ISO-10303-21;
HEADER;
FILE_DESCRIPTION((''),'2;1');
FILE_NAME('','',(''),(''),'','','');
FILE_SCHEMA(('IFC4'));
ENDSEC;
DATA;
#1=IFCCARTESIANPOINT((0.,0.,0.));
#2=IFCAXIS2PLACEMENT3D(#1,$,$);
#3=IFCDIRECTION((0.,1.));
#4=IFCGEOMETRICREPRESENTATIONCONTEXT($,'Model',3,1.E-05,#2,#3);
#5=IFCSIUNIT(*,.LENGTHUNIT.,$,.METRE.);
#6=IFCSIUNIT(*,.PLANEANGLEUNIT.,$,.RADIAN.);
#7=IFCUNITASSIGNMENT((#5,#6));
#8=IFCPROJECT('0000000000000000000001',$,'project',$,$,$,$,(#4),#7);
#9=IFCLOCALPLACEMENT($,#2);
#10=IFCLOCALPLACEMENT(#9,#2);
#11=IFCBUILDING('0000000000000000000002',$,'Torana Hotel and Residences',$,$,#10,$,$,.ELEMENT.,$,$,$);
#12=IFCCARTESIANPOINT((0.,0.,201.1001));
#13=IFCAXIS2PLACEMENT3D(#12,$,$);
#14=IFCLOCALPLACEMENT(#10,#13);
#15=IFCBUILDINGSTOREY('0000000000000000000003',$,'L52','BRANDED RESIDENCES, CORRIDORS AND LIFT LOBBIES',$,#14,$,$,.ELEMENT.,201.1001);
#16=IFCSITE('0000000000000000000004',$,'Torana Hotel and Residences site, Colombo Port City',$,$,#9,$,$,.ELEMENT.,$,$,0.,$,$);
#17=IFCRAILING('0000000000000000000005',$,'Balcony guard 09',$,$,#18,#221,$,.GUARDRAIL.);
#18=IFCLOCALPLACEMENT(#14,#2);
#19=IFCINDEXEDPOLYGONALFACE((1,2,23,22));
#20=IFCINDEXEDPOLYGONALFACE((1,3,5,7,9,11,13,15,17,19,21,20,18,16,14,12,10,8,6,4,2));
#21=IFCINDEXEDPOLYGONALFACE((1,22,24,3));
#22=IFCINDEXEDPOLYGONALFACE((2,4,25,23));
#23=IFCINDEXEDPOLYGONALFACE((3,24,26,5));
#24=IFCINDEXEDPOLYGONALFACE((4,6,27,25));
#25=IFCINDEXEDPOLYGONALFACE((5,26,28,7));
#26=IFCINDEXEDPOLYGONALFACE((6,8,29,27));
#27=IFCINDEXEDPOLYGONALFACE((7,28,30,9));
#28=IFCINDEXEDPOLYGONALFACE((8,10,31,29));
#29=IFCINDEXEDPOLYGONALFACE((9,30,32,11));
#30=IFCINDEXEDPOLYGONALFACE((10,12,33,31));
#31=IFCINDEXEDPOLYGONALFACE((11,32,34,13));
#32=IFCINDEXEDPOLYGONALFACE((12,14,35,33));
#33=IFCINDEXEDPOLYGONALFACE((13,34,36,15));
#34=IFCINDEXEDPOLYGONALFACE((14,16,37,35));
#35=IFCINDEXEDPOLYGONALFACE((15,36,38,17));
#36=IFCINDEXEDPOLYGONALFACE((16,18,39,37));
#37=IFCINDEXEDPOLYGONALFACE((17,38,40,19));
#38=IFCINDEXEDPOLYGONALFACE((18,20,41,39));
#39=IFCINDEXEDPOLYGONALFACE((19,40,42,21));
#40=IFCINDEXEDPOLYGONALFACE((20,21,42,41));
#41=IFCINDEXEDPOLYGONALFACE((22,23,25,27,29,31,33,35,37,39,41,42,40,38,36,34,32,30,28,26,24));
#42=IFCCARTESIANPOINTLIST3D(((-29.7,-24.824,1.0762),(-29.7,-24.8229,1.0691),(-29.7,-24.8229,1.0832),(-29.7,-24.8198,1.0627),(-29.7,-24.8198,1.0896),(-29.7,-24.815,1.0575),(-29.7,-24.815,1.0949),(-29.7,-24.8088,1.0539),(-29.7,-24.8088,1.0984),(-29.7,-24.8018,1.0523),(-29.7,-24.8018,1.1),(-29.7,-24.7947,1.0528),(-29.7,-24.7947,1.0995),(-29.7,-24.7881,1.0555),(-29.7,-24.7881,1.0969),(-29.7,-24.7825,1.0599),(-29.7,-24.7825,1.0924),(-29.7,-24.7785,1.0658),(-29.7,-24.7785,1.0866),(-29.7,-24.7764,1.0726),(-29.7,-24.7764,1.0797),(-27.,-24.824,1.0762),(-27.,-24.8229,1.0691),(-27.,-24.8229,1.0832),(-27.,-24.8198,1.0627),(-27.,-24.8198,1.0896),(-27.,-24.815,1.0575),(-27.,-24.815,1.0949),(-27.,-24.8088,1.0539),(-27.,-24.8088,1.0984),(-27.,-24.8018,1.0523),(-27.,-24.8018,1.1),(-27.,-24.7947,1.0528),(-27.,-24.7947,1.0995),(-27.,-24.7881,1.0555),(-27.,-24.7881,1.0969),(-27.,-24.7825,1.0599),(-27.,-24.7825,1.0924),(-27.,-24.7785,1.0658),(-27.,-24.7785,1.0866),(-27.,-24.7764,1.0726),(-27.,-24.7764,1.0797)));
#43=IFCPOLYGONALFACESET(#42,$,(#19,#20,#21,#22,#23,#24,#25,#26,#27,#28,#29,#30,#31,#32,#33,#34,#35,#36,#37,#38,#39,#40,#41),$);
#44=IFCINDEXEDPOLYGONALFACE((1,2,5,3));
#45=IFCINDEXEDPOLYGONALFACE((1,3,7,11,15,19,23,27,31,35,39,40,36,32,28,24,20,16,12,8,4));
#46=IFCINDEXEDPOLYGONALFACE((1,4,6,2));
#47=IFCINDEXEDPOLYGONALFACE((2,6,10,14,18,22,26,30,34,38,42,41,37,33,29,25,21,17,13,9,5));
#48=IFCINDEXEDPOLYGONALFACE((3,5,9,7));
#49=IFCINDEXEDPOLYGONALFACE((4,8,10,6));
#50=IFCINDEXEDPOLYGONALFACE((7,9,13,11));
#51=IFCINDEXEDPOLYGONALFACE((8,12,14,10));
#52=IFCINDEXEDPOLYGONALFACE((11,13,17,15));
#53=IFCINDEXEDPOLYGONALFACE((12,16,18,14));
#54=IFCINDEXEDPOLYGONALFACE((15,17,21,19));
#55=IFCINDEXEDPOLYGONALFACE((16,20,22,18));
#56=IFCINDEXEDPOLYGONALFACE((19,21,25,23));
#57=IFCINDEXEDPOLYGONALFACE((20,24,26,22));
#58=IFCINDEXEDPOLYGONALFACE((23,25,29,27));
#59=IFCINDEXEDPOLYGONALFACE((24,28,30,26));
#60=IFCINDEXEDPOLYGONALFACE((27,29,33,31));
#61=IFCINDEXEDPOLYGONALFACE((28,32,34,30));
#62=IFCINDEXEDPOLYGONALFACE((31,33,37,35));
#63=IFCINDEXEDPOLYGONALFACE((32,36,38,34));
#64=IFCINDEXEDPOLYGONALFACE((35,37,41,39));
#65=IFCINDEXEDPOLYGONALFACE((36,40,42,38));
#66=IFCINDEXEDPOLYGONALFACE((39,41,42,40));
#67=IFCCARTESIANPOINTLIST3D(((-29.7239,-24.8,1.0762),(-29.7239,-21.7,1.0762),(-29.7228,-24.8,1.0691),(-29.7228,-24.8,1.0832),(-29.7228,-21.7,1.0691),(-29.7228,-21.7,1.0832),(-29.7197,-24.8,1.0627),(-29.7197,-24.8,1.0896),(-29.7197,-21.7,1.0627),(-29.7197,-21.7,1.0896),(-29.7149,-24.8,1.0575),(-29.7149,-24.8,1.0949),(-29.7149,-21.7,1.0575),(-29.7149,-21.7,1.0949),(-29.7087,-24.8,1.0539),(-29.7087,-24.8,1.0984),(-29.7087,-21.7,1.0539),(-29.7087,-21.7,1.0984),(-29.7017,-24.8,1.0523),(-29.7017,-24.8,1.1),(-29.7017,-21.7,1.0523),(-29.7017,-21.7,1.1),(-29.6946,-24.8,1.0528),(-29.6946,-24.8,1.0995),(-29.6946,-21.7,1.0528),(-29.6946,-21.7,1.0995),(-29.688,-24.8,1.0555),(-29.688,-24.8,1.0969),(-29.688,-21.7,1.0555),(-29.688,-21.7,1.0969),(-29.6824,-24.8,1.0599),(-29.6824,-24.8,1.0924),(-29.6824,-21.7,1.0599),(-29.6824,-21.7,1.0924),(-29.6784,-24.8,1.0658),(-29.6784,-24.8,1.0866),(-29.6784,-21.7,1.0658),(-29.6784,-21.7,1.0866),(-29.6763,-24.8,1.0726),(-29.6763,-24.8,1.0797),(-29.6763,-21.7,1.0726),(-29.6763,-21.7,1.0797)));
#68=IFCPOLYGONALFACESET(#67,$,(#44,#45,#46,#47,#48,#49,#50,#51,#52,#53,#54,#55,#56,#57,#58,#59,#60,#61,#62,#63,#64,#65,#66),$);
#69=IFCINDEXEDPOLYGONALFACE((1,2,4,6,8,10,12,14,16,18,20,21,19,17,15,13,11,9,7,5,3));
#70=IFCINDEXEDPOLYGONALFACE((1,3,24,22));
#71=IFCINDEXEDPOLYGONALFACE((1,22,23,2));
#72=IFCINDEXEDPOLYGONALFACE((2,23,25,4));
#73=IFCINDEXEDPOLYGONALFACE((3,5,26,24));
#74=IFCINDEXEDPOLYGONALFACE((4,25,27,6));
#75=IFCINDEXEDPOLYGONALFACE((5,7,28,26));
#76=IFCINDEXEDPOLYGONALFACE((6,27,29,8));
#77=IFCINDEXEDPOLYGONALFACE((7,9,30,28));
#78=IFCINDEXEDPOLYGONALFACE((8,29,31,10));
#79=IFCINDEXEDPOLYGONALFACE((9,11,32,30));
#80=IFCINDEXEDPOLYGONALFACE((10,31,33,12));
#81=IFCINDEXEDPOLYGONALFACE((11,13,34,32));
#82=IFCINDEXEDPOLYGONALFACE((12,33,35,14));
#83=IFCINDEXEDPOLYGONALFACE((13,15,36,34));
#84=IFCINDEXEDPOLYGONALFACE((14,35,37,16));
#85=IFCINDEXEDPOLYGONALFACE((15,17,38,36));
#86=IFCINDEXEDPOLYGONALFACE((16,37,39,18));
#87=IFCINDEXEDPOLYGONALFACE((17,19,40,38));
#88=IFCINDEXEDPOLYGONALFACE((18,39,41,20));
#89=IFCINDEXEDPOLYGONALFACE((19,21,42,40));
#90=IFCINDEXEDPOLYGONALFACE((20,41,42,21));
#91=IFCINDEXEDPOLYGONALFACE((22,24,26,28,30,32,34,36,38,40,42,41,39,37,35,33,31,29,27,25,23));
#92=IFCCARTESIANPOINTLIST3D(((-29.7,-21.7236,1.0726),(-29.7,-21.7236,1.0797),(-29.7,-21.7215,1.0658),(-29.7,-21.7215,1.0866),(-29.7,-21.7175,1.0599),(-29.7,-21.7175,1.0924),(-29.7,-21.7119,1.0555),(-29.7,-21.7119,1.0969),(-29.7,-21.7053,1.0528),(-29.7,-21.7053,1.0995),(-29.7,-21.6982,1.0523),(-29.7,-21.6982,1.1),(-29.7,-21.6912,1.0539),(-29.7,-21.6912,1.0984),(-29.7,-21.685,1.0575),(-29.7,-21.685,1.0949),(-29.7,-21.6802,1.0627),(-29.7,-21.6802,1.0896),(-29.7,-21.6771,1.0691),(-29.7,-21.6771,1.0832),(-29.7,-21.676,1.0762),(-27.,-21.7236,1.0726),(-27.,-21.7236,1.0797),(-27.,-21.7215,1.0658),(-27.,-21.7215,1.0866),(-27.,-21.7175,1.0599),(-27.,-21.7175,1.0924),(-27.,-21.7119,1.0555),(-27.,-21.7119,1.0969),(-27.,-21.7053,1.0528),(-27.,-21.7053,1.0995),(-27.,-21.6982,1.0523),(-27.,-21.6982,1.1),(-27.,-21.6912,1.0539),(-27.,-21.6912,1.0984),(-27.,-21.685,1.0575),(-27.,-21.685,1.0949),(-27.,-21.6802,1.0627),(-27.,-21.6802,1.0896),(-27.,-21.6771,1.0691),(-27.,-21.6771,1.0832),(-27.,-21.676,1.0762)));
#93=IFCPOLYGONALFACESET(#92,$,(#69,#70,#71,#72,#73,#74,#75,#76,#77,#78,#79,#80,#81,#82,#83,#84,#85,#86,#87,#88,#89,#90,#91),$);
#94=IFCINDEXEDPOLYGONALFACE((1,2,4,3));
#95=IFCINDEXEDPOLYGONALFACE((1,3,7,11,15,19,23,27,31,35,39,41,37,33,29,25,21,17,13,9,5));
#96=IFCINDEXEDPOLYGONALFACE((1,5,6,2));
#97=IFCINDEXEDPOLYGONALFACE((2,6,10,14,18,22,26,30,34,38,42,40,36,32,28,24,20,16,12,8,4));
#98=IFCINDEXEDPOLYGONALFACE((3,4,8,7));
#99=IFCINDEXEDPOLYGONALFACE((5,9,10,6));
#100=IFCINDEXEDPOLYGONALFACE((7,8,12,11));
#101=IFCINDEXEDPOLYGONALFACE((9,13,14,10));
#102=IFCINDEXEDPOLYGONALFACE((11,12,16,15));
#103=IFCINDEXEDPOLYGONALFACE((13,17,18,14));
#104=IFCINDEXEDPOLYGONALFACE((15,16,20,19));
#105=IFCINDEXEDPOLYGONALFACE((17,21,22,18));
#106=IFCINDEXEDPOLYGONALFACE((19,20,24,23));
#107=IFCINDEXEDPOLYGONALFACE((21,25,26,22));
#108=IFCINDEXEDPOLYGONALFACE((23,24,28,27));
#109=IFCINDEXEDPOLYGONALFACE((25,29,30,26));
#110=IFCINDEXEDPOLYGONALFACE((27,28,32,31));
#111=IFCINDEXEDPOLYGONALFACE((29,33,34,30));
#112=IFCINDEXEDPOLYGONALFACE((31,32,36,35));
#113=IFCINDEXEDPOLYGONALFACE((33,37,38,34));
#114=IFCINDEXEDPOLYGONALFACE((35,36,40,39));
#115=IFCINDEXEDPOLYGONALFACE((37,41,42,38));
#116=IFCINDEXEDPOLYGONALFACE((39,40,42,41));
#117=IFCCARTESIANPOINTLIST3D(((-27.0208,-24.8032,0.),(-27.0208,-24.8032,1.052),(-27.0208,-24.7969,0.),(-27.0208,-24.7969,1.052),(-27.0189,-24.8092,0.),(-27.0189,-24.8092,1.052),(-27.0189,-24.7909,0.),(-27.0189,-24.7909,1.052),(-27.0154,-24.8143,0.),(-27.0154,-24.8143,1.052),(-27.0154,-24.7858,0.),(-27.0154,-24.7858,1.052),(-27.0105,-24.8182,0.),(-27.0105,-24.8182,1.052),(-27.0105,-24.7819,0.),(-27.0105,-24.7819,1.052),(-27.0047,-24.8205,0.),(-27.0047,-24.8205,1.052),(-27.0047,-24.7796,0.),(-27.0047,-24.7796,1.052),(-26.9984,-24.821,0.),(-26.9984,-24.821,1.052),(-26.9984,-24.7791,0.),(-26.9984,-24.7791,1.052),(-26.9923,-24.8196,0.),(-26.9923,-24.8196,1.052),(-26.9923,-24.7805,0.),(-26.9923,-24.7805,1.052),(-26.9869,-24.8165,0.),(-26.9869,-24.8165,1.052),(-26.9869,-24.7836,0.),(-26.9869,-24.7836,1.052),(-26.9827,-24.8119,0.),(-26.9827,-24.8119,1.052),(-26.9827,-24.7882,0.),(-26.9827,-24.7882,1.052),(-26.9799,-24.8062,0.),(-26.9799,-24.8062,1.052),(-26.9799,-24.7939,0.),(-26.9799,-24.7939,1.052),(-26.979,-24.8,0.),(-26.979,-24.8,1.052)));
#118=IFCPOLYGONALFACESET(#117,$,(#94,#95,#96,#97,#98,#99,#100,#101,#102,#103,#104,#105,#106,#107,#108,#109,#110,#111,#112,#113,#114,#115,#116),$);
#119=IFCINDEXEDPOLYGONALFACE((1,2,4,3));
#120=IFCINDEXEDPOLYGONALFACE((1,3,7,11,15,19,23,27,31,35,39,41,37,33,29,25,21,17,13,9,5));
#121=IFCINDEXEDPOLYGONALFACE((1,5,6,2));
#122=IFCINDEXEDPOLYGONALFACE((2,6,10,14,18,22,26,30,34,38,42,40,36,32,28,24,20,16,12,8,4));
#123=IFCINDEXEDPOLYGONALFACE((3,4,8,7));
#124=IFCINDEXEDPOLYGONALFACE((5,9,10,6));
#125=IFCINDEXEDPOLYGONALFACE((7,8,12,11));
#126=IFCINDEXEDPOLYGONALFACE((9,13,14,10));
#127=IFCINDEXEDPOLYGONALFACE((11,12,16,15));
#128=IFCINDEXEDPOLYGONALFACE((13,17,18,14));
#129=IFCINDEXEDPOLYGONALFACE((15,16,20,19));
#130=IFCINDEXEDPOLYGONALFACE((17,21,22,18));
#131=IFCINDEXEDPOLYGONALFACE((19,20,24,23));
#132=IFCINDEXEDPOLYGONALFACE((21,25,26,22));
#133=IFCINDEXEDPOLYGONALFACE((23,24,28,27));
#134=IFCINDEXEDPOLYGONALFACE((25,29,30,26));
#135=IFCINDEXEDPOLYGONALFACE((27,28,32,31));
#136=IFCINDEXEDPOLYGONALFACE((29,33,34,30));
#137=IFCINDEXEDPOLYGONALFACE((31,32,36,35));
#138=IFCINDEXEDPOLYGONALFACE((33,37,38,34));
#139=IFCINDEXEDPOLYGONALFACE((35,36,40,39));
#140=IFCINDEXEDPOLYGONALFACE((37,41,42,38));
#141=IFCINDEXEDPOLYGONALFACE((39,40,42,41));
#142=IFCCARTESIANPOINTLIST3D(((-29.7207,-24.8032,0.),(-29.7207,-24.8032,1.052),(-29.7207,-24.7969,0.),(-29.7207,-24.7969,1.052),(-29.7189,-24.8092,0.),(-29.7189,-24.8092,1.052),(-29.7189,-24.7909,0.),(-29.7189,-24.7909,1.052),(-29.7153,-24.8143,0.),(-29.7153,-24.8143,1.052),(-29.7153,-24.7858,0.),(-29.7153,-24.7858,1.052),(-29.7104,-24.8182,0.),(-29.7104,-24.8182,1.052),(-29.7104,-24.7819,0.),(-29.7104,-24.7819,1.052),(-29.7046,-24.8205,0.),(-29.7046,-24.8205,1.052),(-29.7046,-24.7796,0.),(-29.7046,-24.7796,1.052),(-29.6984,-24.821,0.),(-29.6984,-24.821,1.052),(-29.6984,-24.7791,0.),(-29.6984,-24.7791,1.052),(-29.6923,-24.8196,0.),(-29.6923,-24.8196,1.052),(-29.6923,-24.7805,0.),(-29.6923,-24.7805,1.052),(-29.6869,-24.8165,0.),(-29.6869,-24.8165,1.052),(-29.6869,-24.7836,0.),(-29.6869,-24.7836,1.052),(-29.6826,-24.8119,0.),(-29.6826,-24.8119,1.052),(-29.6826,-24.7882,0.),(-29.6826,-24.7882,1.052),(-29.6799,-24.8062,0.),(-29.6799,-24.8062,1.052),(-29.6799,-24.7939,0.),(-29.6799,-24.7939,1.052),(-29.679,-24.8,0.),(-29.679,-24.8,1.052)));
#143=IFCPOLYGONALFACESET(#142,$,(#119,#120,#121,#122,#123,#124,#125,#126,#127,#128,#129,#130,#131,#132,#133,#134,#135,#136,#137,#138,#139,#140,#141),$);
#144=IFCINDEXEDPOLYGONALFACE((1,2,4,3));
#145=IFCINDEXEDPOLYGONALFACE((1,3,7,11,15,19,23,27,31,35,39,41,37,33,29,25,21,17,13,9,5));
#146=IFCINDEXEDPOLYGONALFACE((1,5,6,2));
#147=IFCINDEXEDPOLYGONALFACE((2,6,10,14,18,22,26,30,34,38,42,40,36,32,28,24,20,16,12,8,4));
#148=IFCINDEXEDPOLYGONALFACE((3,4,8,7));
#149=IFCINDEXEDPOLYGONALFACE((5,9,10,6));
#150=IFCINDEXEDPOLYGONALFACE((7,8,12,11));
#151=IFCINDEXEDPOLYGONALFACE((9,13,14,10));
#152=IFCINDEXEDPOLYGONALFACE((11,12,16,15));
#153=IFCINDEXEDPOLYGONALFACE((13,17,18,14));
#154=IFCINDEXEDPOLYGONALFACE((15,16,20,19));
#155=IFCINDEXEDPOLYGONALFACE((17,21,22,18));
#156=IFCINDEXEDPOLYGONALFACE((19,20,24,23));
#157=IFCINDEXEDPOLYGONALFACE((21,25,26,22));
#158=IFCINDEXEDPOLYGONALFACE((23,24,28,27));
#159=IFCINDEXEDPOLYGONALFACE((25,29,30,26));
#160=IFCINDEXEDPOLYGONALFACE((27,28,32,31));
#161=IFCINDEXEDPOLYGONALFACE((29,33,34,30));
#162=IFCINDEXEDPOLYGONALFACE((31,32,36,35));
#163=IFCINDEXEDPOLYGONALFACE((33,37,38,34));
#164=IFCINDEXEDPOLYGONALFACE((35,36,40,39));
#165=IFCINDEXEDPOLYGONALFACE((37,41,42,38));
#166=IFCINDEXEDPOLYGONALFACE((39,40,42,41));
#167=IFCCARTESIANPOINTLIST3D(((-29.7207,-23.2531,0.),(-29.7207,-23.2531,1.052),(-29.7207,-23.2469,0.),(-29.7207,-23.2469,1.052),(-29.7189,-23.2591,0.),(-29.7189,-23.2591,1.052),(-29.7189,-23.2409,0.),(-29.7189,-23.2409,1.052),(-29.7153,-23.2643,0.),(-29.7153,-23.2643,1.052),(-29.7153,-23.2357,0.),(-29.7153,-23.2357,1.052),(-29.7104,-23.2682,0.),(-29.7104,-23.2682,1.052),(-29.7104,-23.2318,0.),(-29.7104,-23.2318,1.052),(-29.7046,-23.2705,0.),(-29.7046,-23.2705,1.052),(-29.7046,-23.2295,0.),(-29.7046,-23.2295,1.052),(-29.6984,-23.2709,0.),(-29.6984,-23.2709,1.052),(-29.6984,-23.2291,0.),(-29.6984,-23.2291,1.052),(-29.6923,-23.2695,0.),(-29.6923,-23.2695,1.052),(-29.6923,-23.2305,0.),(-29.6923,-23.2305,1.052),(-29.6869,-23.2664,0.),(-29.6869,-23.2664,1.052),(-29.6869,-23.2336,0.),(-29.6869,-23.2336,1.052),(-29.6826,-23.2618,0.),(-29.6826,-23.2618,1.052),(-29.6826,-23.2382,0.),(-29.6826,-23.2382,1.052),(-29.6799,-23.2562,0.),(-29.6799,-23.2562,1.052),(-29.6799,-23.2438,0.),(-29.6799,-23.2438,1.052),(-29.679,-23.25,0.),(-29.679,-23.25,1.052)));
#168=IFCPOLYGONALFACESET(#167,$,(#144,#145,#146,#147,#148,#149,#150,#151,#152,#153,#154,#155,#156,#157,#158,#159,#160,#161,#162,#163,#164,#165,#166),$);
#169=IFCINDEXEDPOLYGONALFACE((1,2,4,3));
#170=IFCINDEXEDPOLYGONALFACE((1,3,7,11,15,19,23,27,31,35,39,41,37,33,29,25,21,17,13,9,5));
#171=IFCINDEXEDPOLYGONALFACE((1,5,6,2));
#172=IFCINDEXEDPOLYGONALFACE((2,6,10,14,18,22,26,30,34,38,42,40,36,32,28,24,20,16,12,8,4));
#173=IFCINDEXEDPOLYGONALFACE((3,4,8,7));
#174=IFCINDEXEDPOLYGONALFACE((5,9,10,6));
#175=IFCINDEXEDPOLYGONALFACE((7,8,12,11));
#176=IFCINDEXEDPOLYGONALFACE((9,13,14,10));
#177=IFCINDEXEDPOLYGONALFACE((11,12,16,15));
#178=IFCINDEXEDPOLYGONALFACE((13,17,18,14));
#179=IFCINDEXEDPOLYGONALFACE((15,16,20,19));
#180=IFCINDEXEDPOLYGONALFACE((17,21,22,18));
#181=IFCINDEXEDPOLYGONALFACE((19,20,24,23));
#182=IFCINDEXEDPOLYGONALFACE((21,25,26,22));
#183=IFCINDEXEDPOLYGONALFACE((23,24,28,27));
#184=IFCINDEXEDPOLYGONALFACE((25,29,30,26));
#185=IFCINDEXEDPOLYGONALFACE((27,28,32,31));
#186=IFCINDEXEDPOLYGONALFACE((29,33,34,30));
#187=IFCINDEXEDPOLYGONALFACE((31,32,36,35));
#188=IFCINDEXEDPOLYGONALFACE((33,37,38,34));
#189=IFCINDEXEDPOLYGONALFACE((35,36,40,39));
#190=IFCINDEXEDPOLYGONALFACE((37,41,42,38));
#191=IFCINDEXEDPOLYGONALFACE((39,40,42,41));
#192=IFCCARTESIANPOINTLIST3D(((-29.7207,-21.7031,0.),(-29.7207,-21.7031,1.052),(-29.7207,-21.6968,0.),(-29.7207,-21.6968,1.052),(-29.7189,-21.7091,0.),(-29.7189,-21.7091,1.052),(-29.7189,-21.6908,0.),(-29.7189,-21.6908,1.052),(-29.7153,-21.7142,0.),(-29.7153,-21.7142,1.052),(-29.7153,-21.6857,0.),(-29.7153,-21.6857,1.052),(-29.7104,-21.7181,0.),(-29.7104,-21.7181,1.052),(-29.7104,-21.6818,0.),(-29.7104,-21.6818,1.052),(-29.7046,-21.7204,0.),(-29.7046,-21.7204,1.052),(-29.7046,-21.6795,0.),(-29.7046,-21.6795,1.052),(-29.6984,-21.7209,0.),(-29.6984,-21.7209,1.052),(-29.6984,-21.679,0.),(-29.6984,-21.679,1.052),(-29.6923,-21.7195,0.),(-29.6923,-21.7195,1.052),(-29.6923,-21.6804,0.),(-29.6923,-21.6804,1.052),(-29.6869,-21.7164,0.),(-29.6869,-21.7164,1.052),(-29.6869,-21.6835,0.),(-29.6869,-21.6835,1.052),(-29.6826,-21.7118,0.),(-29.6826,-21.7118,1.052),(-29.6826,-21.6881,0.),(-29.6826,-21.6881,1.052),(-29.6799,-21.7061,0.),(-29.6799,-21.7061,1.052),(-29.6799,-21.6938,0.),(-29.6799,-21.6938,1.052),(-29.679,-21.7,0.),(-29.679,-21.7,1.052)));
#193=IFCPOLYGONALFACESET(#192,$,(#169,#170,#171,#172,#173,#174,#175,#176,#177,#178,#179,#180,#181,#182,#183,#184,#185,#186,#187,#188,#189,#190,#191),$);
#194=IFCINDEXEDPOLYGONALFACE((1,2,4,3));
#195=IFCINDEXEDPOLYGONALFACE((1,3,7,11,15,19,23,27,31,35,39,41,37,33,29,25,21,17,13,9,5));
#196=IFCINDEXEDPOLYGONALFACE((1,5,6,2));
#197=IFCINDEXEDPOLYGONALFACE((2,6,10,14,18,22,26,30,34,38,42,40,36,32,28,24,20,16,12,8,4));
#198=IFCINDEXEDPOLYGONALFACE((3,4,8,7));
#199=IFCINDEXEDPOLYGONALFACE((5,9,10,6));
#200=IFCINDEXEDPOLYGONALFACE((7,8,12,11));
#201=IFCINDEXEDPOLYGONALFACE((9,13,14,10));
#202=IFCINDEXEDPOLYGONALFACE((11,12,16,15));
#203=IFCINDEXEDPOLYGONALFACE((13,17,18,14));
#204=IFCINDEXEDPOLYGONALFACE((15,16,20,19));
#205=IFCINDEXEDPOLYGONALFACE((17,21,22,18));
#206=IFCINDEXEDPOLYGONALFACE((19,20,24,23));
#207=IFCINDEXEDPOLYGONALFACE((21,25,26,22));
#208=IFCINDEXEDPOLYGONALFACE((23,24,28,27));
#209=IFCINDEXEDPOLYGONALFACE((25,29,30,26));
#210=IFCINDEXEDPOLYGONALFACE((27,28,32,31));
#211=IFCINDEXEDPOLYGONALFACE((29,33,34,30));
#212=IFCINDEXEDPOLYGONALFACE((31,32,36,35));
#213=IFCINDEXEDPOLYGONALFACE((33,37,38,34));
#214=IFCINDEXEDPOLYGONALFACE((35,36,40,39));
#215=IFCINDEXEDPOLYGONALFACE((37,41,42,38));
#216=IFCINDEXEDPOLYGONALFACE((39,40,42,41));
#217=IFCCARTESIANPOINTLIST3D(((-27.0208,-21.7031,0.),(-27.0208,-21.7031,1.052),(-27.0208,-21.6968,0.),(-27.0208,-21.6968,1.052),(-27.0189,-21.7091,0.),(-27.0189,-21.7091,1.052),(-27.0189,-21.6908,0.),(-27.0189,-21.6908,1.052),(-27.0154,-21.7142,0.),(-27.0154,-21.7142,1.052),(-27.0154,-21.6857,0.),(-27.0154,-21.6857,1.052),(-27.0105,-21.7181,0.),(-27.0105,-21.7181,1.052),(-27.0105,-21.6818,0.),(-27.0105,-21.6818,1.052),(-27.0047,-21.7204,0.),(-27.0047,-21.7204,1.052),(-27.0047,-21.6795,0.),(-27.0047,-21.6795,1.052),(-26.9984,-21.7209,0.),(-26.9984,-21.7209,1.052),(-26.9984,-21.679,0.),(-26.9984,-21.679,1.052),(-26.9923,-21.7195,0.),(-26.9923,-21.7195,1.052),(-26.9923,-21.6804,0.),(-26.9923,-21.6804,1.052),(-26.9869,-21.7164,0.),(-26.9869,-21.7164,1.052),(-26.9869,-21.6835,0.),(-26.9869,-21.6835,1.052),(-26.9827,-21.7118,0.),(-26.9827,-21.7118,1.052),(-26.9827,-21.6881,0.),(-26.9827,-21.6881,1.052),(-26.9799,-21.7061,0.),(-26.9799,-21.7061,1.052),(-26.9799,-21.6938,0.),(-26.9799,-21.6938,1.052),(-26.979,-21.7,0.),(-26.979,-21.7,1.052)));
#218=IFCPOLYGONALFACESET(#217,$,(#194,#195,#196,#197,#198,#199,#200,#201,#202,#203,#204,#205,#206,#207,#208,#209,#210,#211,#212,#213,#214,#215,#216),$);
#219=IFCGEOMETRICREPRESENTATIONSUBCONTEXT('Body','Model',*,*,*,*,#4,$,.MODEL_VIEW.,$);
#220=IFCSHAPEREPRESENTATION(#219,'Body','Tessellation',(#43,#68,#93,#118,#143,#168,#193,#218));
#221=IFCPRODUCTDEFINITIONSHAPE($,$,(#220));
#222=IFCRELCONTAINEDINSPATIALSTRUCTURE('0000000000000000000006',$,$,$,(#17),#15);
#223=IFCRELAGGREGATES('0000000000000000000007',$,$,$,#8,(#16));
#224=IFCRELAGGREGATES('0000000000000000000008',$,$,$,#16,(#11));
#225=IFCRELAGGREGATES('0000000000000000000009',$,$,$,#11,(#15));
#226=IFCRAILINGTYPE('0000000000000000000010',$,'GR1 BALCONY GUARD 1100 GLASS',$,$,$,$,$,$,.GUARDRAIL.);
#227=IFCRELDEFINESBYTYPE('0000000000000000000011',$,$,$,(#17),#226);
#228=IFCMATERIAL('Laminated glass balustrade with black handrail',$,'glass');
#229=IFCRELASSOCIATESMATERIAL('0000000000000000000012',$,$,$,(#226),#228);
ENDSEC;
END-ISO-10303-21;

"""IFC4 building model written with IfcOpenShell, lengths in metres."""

from ifc_helpers import new_model, si_unit, direction, frame, origin, origin_2d, place, context, subcontext, project, spatial, circle, extrude, material, type_object, element, save


model = new_model("IFC4")

# Units and contexts
model_context = context("Model", 3, precision=1e-05, world=origin(), true_north=direction((0.0, 1.0)))
body_context = subcontext(model_context, "Body", "Model", "MODEL_VIEW")
ifc_project = project(units=[si_unit("LENGTHUNIT", "METRE"), si_unit("PLANEANGLEUNIT", "RADIAN")], contexts=[model_context])

# Site, building, storey
site_placement = place(None, origin())
site = spatial("IfcSite", under=ifc_project, at=site_placement, Name="Torana Hotel and Residences site, Colombo Port City", CompositionType="ELEMENT", RefElevation=0.0)
building_placement = place(site_placement, origin())
building = spatial("IfcBuilding", under=site, at=building_placement, Name="Torana Hotel and Residences", CompositionType="ELEMENT")
storey_placement = place(building_placement, frame((0.0, 0.0, 201.1001)))
storey = spatial("IfcBuildingStorey", under=building, at=storey_placement, Name="L52", Description="BRANDED RESIDENCES, CORRIDORS AND LIFT LOBBIES", CompositionType="ELEMENT", Elevation=201.1001)

# Railing
ifc_material_1 = material(Name="Laminated glass balustrade with black handrail", Category="glass")
railing_type = type_object("IfcRailingType", Name="GR1 BALCONY GUARD 1100 GLASS", PredefinedType="GUARDRAIL", material=ifc_material_1)
railing_placement = place(storey_placement, frame((-27.0, -24.8, 0.0)))
element("IfcRailing", 1, at=railing_placement, inside=storey, type_object=railing_type, Name="Balcony guard 09", PredefinedType="GUARDRAIL", context=body_context, shape_type="SweptSolid", body=[
    extrude(circle(Radius=0.0239, at=origin_2d()), frame((0.0, 0.0, 1.0762), z_axis=(-1.0, 0.0, 0.0), x_axis=(0.0, -1.0, 0.0)), (0.0, 0.0, 1.0), 2.7),
    extrude(circle(Radius=0.0239, at=origin_2d()), frame((-2.7, 0.0, 1.0762), z_axis=(0.0, 1.0, 0.0), x_axis=(-1.0, 0.0, 0.0)), (0.0, 0.0, 1.0), 3.1001),
    extrude(circle(Radius=0.0239, at=origin_2d()), frame((-2.7, 3.1001, 1.0762), z_axis=(1.0, 0.0, 0.0), x_axis=(0.0, 1.0, 0.0)), (0.0, 0.0, 1.0), 2.7),
    extrude(circle(Radius=0.021, at=origin_2d()), origin(), (0.0, 0.0, 1.0), 1.052),
    extrude(circle(Radius=0.021, at=origin_2d()), frame((-2.7, 0.0, 0.0)), (0.0, 0.0, 1.0), 1.052),
    extrude(circle(Radius=0.021, at=origin_2d()), frame((-2.7, 1.55, 0.0)), (0.0, 0.0, 1.0), 1.052),
    extrude(circle(Radius=0.021, at=origin_2d()), frame((-2.7, 3.1001, 0.0)), (0.0, 0.0, 1.0), 1.052),
    extrude(circle(Radius=0.021, at=origin_2d()), frame((0.0, 3.1001, 0.0)), (0.0, 0.0, 1.0), 1.052),
])

save(model, "model.ifc")
